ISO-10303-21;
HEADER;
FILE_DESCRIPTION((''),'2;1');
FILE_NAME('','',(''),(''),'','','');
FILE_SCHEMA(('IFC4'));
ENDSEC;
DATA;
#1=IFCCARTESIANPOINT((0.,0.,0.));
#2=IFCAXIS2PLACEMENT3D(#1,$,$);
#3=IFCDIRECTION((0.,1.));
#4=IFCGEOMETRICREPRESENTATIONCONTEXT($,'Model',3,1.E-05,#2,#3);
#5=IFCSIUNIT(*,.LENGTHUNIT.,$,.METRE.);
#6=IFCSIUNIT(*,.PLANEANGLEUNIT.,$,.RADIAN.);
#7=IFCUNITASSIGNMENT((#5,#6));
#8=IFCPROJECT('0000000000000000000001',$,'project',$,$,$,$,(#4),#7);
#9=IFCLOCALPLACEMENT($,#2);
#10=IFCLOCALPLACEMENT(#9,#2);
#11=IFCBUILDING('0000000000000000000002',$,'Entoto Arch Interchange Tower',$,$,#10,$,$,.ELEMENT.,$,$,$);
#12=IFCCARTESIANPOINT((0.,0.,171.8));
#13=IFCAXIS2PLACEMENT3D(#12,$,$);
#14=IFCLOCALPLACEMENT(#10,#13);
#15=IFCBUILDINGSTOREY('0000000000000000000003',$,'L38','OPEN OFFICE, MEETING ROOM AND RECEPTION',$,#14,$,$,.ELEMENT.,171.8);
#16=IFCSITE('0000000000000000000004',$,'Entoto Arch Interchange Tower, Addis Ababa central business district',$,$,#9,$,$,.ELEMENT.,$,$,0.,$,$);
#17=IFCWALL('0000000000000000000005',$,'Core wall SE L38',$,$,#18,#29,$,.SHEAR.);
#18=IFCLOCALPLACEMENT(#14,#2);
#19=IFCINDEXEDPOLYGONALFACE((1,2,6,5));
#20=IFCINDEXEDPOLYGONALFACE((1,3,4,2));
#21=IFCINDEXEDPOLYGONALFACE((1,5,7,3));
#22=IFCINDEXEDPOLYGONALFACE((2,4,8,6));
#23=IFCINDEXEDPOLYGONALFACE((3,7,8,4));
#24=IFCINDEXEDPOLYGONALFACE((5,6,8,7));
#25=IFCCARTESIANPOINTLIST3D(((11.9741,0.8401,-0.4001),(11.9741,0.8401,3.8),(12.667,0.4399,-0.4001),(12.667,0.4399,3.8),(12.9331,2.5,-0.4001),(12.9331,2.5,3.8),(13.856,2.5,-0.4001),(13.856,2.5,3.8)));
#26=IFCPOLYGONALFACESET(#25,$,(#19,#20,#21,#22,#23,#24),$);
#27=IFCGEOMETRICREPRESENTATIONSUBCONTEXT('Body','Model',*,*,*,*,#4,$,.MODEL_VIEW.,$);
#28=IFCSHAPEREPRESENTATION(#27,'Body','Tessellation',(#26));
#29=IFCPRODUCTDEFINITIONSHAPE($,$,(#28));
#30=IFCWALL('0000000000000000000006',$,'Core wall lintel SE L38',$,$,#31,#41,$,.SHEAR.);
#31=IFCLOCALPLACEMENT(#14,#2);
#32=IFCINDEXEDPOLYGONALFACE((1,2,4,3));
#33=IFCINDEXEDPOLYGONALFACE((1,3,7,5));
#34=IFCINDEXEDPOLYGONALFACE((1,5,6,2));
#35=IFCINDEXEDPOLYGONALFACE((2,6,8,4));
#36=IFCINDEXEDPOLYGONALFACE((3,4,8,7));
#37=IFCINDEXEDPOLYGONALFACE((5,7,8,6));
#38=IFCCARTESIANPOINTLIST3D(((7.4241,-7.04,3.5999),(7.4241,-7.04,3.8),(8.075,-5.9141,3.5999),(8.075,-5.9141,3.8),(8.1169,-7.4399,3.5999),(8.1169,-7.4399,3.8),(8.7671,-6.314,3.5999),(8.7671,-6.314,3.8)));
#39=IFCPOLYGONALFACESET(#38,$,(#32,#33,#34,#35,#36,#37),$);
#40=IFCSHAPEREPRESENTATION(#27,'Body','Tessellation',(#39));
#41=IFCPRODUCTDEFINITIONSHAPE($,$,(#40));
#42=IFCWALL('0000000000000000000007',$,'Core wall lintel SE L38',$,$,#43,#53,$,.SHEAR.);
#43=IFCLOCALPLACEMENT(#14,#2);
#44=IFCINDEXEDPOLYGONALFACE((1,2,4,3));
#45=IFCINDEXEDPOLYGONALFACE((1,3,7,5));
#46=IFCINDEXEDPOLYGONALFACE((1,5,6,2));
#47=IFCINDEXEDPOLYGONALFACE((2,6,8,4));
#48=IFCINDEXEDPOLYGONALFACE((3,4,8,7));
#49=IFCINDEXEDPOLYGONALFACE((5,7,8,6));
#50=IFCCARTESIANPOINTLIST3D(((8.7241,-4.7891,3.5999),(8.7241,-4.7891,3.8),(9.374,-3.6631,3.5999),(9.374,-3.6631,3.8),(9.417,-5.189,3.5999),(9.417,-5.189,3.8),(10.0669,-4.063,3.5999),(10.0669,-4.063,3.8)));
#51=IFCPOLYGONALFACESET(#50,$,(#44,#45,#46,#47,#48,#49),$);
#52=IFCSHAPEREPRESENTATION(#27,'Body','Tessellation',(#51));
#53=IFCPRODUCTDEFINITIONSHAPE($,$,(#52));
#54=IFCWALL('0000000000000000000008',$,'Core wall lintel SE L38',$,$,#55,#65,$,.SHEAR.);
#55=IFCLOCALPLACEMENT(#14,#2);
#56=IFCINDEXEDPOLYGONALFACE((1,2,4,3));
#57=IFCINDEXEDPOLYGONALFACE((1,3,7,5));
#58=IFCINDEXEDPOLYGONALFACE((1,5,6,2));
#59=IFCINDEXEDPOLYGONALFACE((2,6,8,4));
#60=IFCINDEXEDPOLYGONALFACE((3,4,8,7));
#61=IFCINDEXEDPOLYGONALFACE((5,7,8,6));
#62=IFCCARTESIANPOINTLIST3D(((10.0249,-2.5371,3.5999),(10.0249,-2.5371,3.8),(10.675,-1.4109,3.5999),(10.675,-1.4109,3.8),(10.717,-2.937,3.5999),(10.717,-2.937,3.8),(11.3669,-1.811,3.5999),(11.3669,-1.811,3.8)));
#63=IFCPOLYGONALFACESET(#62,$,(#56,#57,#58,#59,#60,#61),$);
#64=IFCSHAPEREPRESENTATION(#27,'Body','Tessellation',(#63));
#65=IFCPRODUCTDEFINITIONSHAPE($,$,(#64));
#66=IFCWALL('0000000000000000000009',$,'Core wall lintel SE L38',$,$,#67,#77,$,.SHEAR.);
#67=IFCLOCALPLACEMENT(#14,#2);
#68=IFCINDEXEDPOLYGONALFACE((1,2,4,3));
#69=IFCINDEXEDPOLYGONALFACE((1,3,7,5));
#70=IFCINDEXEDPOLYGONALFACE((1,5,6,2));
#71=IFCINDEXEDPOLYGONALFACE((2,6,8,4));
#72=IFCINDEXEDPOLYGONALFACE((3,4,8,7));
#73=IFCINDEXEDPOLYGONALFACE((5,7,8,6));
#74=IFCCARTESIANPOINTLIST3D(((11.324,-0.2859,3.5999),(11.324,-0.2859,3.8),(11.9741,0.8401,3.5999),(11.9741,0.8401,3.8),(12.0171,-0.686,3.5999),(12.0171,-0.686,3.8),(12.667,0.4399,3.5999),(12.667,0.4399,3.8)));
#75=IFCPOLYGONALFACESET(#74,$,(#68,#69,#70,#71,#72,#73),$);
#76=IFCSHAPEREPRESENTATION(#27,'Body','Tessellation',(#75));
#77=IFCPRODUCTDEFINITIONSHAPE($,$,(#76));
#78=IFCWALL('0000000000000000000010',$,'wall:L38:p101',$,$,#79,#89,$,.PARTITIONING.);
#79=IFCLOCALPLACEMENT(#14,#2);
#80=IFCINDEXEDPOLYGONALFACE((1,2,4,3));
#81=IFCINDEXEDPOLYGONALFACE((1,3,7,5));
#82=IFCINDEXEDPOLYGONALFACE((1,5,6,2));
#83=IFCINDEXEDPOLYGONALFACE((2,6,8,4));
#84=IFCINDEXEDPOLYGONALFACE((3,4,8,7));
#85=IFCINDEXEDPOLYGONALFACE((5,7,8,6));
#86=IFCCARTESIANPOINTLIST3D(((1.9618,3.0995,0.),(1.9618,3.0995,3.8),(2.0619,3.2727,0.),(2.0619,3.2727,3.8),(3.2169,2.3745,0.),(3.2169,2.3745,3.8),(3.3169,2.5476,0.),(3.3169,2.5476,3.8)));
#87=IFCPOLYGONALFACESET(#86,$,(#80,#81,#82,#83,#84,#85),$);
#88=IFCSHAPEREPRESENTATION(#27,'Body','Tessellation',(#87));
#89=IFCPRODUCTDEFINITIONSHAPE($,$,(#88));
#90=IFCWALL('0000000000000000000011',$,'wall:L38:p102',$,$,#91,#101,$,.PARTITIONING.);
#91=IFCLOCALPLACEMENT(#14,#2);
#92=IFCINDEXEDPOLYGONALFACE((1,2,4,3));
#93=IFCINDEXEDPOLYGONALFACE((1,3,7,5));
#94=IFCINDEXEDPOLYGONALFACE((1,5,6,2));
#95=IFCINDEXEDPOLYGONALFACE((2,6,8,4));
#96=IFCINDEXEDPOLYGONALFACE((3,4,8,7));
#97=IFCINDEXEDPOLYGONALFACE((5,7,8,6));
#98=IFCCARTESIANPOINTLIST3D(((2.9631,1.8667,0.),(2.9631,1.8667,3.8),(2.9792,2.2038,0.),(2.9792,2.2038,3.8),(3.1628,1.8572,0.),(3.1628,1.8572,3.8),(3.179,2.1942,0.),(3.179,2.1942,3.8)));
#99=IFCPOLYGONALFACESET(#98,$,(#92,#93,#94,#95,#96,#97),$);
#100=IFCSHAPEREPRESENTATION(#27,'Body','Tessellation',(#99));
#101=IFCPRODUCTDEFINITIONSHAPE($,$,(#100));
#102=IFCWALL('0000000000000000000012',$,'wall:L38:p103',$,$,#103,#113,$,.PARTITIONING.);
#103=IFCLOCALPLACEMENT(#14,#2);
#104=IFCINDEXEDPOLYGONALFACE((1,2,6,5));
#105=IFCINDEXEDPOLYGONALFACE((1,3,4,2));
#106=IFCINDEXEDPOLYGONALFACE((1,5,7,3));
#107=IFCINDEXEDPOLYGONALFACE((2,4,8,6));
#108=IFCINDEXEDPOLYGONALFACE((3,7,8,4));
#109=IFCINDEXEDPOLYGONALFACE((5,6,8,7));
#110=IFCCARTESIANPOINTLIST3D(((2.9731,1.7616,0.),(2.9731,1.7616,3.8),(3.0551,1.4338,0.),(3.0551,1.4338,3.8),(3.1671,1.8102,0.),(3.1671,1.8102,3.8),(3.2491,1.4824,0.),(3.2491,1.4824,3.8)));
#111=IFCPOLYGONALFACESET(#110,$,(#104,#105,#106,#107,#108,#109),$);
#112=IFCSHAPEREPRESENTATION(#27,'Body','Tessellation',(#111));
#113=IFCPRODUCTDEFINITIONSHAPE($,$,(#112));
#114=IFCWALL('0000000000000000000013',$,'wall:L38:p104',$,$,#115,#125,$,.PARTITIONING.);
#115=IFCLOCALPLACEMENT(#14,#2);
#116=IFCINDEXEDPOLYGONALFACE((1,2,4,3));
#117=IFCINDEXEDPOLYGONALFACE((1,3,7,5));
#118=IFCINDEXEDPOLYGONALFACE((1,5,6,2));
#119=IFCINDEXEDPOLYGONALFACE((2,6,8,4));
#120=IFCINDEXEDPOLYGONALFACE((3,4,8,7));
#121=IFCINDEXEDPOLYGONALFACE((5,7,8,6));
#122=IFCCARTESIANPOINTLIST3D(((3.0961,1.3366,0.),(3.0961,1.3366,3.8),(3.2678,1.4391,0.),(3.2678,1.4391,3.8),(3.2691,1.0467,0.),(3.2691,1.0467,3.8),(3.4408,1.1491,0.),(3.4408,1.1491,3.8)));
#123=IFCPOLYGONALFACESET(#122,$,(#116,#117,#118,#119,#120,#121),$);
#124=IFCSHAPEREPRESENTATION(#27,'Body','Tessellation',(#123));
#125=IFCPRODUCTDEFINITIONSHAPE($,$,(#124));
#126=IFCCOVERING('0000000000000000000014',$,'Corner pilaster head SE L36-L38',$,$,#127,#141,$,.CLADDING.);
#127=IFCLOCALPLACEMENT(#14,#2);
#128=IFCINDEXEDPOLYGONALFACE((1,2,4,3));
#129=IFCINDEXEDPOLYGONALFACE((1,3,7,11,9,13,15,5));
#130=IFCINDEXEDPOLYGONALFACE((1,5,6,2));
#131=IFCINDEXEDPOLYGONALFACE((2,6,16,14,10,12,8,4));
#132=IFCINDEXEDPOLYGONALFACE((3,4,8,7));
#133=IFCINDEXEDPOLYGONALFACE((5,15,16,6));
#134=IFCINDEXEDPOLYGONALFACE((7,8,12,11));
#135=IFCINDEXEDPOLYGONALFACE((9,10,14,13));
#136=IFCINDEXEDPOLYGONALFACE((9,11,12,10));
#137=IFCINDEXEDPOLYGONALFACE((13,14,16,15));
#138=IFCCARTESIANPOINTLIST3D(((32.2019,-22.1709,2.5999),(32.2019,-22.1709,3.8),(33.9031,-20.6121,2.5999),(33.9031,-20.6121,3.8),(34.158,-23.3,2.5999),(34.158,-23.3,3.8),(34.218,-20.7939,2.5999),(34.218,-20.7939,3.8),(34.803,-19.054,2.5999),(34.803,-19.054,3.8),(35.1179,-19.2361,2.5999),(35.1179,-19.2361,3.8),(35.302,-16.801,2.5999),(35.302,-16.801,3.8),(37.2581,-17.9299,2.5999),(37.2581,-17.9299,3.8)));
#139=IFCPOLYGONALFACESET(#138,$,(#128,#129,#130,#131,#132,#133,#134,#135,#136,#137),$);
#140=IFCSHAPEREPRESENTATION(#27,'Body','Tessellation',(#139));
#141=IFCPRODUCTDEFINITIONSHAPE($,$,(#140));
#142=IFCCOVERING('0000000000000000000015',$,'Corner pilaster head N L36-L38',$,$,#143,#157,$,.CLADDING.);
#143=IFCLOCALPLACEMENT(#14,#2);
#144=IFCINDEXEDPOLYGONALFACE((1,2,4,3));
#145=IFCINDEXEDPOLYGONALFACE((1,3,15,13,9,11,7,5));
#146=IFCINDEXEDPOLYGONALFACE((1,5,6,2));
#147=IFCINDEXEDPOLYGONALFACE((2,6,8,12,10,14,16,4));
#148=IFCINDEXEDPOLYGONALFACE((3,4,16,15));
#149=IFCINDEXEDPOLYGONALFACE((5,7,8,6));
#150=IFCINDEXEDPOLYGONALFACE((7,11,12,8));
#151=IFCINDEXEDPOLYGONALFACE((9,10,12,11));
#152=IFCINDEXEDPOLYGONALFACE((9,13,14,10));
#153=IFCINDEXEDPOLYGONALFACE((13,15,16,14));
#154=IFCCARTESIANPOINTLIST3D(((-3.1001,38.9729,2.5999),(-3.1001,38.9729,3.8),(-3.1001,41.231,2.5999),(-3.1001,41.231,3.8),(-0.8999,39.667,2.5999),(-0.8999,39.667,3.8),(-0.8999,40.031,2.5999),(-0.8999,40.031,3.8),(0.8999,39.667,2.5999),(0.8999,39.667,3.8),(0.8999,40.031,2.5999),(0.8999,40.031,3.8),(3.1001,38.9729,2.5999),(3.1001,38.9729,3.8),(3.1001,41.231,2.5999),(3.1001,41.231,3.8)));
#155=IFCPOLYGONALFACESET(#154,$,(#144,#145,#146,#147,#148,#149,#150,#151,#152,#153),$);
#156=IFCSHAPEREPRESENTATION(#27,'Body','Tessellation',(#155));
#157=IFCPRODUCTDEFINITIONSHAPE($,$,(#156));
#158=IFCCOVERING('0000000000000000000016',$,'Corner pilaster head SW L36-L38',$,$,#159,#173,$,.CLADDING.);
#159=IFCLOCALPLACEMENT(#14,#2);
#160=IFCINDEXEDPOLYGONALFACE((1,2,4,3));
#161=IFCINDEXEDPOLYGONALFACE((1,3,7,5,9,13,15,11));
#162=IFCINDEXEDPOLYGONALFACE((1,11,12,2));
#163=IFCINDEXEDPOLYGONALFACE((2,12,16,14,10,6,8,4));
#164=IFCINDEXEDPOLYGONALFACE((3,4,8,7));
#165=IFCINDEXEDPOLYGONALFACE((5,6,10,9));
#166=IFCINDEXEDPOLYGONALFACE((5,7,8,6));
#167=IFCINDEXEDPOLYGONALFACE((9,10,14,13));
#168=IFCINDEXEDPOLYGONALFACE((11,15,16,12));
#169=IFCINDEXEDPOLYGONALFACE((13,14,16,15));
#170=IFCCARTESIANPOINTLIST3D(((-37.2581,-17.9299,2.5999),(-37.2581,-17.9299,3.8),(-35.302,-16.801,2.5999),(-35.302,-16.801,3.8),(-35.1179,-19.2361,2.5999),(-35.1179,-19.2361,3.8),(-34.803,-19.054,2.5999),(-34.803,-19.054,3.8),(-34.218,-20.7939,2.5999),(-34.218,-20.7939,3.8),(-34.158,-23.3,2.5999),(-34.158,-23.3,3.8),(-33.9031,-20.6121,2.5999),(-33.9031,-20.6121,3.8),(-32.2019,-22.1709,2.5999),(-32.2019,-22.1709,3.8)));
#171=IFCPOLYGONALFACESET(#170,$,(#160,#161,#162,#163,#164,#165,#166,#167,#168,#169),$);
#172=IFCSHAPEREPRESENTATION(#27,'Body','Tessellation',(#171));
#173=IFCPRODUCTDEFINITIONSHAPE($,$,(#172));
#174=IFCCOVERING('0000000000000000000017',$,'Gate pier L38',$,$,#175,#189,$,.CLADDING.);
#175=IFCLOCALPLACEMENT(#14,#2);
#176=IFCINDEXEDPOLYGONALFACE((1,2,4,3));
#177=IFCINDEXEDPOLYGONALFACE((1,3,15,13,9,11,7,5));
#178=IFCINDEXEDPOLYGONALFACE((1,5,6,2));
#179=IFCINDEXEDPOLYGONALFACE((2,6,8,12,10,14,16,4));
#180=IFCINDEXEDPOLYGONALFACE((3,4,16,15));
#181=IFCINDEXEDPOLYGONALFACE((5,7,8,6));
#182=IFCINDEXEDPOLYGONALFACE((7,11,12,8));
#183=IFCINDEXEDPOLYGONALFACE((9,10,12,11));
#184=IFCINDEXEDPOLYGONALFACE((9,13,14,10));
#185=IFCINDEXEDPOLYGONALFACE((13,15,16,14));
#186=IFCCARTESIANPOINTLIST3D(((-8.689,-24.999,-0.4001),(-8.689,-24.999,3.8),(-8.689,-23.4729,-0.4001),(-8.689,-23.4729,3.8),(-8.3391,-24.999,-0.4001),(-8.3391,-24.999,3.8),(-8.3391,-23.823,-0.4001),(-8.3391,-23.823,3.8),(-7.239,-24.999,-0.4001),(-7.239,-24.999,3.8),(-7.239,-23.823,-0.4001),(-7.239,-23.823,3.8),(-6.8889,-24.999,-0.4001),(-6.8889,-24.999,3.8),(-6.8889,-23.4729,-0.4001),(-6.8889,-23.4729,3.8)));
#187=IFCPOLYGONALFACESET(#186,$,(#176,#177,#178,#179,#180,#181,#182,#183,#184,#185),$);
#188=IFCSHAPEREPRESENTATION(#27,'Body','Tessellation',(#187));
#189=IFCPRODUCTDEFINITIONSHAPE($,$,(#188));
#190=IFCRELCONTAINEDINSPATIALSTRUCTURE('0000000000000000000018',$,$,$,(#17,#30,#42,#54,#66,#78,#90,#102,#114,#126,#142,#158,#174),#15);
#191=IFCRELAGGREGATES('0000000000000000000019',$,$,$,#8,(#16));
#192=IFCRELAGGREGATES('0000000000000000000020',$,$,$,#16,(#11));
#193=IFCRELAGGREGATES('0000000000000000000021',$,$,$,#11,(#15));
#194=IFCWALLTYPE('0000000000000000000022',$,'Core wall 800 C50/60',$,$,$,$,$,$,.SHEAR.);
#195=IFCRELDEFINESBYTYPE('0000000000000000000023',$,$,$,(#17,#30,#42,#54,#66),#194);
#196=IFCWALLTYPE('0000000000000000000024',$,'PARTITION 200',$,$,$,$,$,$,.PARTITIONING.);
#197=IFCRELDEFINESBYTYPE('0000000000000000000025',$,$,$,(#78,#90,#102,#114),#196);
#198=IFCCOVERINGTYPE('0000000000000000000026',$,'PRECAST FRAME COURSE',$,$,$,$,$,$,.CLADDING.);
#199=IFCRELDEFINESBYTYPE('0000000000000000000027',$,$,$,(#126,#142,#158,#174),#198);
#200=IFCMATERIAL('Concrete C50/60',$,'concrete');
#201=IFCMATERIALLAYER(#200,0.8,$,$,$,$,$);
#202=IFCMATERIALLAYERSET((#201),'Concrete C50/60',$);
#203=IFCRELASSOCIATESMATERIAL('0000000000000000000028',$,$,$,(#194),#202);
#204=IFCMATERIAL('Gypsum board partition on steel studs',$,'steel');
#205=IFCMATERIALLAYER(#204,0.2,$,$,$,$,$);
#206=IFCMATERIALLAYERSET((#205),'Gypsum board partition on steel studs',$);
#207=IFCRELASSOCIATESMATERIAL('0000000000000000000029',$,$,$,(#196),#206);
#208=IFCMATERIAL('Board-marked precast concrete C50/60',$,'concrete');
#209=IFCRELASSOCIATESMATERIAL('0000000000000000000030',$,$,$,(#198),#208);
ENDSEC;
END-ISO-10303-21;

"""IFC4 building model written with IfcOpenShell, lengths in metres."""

from ifc_helpers import new_model, si_unit, direction, frame, frame_2d, origin, place, context, subcontext, project, spatial, polyline, rectangle, outline, extrude, material, layer, layer_set, type_object, element, save


model = new_model("IFC4")

# Units and contexts
model_context = context("Model", 3, precision=1e-05, world=origin(), true_north=direction((0.0, 1.0)))
body_context = subcontext(model_context, "Body", "Model", "MODEL_VIEW")
ifc_project = project(units=[si_unit("LENGTHUNIT", "METRE"), si_unit("PLANEANGLEUNIT", "RADIAN")], contexts=[model_context])

# Site, building, storey
site_placement = place(None, origin())
site = spatial("IfcSite", under=ifc_project, at=site_placement, Name="Entoto Arch Interchange Tower, Addis Ababa central business district", CompositionType="ELEMENT", RefElevation=0.0)
building_placement = place(site_placement, origin())
building = spatial("IfcBuilding", under=site, at=building_placement, Name="Entoto Arch Interchange Tower", CompositionType="ELEMENT")
storey_placement = place(building_placement, frame((0.0, 0.0, 171.8)))
storey = spatial("IfcBuildingStorey", under=building, at=storey_placement, Name="L38", Description="OPEN OFFICE, MEETING ROOM AND RECEPTION", CompositionType="ELEMENT", Elevation=171.8)

# Shared definitions
ifc_material_1 = material(Name="Board-marked precast concrete C50/60", Category="concrete")

# Walls
ifc_material_2 = material(Name="Concrete C50/60", Category="concrete")
ifc_layer_1 = layer(ifc_material_2, 0.8)
ifc_layer_set_1 = layer_set([ifc_layer_1], Name="Concrete C50/60")
wall_type_1 = type_object("IfcWallType", Name="Core wall 800 C50/60", PredefinedType="SHEAR", material=ifc_layer_set_1)
wall_1_placement = place(storey_placement, frame((0.0, 0.0, -0.4001)))
element("IfcWall", 1, at=wall_1_placement, inside=storey, type_object=wall_type_1, Name="Core wall SE L38", PredefinedType="SHEAR", context=body_context, shape_type="SweptSolid", body=[
    extrude(outline(polyline([(11.9741, 0.8401), (12.667, 0.4399), (13.856, 2.5), (12.9331, 2.5), (11.9741, 0.8401)])), origin(), (0.0, 0.0, 1.0), 4.2002),
])
wall_2_placement = place(storey_placement, frame((0.0, 0.0, 3.5999)))
element("IfcWall", 2, at=wall_2_placement, inside=storey, type_object=wall_type_1, Name="Core wall lintel SE L38", PredefinedType="SHEAR", context=body_context, shape_type="SweptSolid", body=[
    extrude(outline(polyline([(8.7671, -6.314), (8.075, -5.9141), (7.4241, -7.04), (8.1169, -7.4399), (8.7671, -6.314)])), origin(), (0.0, 0.0, 1.0), 0.2002),
])
wall_3_placement = place(storey_placement, frame((0.0, 0.0, 3.5999)))
element("IfcWall", 3, at=wall_3_placement, inside=storey, type_object=wall_type_1, Name="Core wall lintel SE L38", PredefinedType="SHEAR", context=body_context, shape_type="SweptSolid", body=[
    extrude(outline(polyline([(10.0669, -4.063), (9.374, -3.6631), (8.7241, -4.7891), (9.417, -5.189), (10.0669, -4.063)])), origin(), (0.0, 0.0, 1.0), 0.2002),
])
wall_4_placement = place(storey_placement, frame((0.0, 0.0, 3.5999)))
element("IfcWall", 4, at=wall_4_placement, inside=storey, type_object=wall_type_1, Name="Core wall lintel SE L38", PredefinedType="SHEAR", context=body_context, shape_type="SweptSolid", body=[
    extrude(outline(polyline([(11.3669, -1.811), (10.675, -1.4109), (10.0249, -2.5371), (10.717, -2.937), (11.3669, -1.811)])), origin(), (0.0, 0.0, 1.0), 0.2002),
])
wall_5_placement = place(storey_placement, frame((0.0, 0.0, 3.5999)))
element("IfcWall", 5, at=wall_5_placement, inside=storey, type_object=wall_type_1, Name="Core wall lintel SE L38", PredefinedType="SHEAR", context=body_context, shape_type="SweptSolid", body=[
    extrude(outline(polyline([(12.667, 0.4399), (11.9741, 0.8401), (11.324, -0.2859), (12.0171, -0.686), (12.667, 0.4399)])), origin(), (0.0, 0.0, 1.0), 0.2002),
])
ifc_material_3 = material(Name="Gypsum board partition on steel studs", Category="steel")
ifc_layer_2 = layer(ifc_material_3, 0.2)
ifc_layer_set_2 = layer_set([ifc_layer_2], Name="Gypsum board partition on steel studs")
wall_type_2 = type_object("IfcWallType", Name="PARTITION 200", PredefinedType="PARTITIONING", material=ifc_layer_set_2)
wall_6_placement = place(storey_placement, frame((2.012, 3.186, 0.0), z_axis=(0.0, 0.0, 1.0), x_axis=(0.865891, -0.500233, 0.0)))
element("IfcWall", 6, at=wall_6_placement, inside=storey, type_object=wall_type_2, Name="wall:L38:p101", PredefinedType="PARTITIONING", context=body_context, shape_type="SweptSolid", body=[
    extrude(rectangle(XDim=1.4495, YDim=0.2, at=frame_2d((0.7246, 0.0))), origin(), (0.0, 0.0, 1.0), 3.8),
])
wall_7_placement = place(storey_placement, frame((3.0791, 2.199, 0.0), z_axis=(0.0, 0.0, 1.0), x_axis=(-0.047771, -0.998858, 0.0)))
element("IfcWall", 7, at=wall_7_placement, inside=storey, type_object=wall_type_2, Name="wall:L38:p102", PredefinedType="PARTITIONING", context=body_context, shape_type="SweptSolid", body=[
    extrude(rectangle(XDim=0.3374, YDim=0.2, at=frame_2d((0.1687, 0.0))), origin(), (0.0, 0.0, 1.0), 3.8),
])
wall_8_placement = place(storey_placement, frame((3.0701, 1.7859, 0.0), z_axis=(0.0, 0.0, 1.0), x_axis=(0.242706, -0.9701, 0.0)))
element("IfcWall", 8, at=wall_8_placement, inside=storey, type_object=wall_type_2, Name="wall:L38:p103", PredefinedType="PARTITIONING", context=body_context, shape_type="SweptSolid", body=[
    extrude(rectangle(XDim=0.3379, YDim=0.2, at=frame_2d((0.1689, 0.0))), origin(), (0.0, 0.0, 1.0), 3.8),
])
wall_9_placement = place(storey_placement, frame((3.1819, 1.3879, 0.0), z_axis=(0.0, 0.0, 1.0), x_axis=(0.512475, -0.858702, 0.0)))
element("IfcWall", 9, at=wall_9_placement, inside=storey, type_object=wall_type_2, Name="wall:L38:p104", PredefinedType="PARTITIONING", context=body_context, shape_type="SweptSolid", body=[
    extrude(rectangle(XDim=0.3376, YDim=0.2, at=frame_2d((0.1689, 0.0))), origin(), (0.0, 0.0, 1.0), 3.8),
])

# Coverings
covering_type = type_object("IfcCoveringType", Name="PRECAST FRAME COURSE", PredefinedType="CLADDING", material=ifc_material_1)
covering_1_placement = place(storey_placement, frame((0.0, 0.0, 2.5999)))
element("IfcCovering", 10, at=covering_1_placement, inside=storey, type_object=covering_type, Name="Corner pilaster head SE L36-L38", PredefinedType="CLADDING", context=body_context, shape_type="SweptSolid", body=[
    extrude(outline(polyline([(37.2581, -17.9299), (34.158, -23.3), (32.2019, -22.1709), (33.9031, -20.6121), (34.218, -20.7939), (35.1179, -19.2361), (34.803, -19.054), (35.302, -16.801), (37.2581, -17.9299)])), origin(), (0.0, 0.0, 1.0), 1.2002),
])
covering_2_placement = place(storey_placement, frame((0.0, 0.0, 2.5999)))
element("IfcCovering", 11, at=covering_2_placement, inside=storey, type_object=covering_type, Name="Corner pilaster head N L36-L38", PredefinedType="CLADDING", context=body_context, shape_type="SweptSolid", body=[
    extrude(outline(polyline([(-3.1001, 41.231), (3.1001, 41.231), (3.1001, 38.9729), (0.8999, 39.667), (0.8999, 40.031), (-0.8999, 40.031), (-0.8999, 39.667), (-3.1001, 38.9729), (-3.1001, 41.231)])), origin(), (0.0, 0.0, 1.0), 1.2002),
])
covering_3_placement = place(storey_placement, frame((0.0, 0.0, 2.5999)))
element("IfcCovering", 12, at=covering_3_placement, inside=storey, type_object=covering_type, Name="Corner pilaster head SW L36-L38", PredefinedType="CLADDING", context=body_context, shape_type="SweptSolid", body=[
    extrude(outline(polyline([(-34.158, -23.3), (-37.2581, -17.9299), (-35.302, -16.801), (-34.803, -19.054), (-35.1179, -19.2361), (-34.218, -20.7939), (-33.9031, -20.6121), (-32.2019, -22.1709), (-34.158, -23.3)])), origin(), (0.0, 0.0, 1.0), 1.2002),
])
covering_4_placement = place(storey_placement, frame((0.0, 0.0, -0.4001)))
element("IfcCovering", 13, at=covering_4_placement, inside=storey, type_object=covering_type, Name="Gate pier L38", PredefinedType="CLADDING", context=body_context, shape_type="SweptSolid", body=[
    extrude(outline(polyline([(-8.689, -23.4729), (-6.8889, -23.4729), (-6.8889, -24.999), (-7.239, -24.999), (-7.239, -23.823), (-8.3391, -23.823), (-8.3391, -24.999), (-8.689, -24.999), (-8.689, -23.4729)])), origin(), (0.0, 0.0, 1.0), 4.2002),
])

save(model, "model.ifc")
